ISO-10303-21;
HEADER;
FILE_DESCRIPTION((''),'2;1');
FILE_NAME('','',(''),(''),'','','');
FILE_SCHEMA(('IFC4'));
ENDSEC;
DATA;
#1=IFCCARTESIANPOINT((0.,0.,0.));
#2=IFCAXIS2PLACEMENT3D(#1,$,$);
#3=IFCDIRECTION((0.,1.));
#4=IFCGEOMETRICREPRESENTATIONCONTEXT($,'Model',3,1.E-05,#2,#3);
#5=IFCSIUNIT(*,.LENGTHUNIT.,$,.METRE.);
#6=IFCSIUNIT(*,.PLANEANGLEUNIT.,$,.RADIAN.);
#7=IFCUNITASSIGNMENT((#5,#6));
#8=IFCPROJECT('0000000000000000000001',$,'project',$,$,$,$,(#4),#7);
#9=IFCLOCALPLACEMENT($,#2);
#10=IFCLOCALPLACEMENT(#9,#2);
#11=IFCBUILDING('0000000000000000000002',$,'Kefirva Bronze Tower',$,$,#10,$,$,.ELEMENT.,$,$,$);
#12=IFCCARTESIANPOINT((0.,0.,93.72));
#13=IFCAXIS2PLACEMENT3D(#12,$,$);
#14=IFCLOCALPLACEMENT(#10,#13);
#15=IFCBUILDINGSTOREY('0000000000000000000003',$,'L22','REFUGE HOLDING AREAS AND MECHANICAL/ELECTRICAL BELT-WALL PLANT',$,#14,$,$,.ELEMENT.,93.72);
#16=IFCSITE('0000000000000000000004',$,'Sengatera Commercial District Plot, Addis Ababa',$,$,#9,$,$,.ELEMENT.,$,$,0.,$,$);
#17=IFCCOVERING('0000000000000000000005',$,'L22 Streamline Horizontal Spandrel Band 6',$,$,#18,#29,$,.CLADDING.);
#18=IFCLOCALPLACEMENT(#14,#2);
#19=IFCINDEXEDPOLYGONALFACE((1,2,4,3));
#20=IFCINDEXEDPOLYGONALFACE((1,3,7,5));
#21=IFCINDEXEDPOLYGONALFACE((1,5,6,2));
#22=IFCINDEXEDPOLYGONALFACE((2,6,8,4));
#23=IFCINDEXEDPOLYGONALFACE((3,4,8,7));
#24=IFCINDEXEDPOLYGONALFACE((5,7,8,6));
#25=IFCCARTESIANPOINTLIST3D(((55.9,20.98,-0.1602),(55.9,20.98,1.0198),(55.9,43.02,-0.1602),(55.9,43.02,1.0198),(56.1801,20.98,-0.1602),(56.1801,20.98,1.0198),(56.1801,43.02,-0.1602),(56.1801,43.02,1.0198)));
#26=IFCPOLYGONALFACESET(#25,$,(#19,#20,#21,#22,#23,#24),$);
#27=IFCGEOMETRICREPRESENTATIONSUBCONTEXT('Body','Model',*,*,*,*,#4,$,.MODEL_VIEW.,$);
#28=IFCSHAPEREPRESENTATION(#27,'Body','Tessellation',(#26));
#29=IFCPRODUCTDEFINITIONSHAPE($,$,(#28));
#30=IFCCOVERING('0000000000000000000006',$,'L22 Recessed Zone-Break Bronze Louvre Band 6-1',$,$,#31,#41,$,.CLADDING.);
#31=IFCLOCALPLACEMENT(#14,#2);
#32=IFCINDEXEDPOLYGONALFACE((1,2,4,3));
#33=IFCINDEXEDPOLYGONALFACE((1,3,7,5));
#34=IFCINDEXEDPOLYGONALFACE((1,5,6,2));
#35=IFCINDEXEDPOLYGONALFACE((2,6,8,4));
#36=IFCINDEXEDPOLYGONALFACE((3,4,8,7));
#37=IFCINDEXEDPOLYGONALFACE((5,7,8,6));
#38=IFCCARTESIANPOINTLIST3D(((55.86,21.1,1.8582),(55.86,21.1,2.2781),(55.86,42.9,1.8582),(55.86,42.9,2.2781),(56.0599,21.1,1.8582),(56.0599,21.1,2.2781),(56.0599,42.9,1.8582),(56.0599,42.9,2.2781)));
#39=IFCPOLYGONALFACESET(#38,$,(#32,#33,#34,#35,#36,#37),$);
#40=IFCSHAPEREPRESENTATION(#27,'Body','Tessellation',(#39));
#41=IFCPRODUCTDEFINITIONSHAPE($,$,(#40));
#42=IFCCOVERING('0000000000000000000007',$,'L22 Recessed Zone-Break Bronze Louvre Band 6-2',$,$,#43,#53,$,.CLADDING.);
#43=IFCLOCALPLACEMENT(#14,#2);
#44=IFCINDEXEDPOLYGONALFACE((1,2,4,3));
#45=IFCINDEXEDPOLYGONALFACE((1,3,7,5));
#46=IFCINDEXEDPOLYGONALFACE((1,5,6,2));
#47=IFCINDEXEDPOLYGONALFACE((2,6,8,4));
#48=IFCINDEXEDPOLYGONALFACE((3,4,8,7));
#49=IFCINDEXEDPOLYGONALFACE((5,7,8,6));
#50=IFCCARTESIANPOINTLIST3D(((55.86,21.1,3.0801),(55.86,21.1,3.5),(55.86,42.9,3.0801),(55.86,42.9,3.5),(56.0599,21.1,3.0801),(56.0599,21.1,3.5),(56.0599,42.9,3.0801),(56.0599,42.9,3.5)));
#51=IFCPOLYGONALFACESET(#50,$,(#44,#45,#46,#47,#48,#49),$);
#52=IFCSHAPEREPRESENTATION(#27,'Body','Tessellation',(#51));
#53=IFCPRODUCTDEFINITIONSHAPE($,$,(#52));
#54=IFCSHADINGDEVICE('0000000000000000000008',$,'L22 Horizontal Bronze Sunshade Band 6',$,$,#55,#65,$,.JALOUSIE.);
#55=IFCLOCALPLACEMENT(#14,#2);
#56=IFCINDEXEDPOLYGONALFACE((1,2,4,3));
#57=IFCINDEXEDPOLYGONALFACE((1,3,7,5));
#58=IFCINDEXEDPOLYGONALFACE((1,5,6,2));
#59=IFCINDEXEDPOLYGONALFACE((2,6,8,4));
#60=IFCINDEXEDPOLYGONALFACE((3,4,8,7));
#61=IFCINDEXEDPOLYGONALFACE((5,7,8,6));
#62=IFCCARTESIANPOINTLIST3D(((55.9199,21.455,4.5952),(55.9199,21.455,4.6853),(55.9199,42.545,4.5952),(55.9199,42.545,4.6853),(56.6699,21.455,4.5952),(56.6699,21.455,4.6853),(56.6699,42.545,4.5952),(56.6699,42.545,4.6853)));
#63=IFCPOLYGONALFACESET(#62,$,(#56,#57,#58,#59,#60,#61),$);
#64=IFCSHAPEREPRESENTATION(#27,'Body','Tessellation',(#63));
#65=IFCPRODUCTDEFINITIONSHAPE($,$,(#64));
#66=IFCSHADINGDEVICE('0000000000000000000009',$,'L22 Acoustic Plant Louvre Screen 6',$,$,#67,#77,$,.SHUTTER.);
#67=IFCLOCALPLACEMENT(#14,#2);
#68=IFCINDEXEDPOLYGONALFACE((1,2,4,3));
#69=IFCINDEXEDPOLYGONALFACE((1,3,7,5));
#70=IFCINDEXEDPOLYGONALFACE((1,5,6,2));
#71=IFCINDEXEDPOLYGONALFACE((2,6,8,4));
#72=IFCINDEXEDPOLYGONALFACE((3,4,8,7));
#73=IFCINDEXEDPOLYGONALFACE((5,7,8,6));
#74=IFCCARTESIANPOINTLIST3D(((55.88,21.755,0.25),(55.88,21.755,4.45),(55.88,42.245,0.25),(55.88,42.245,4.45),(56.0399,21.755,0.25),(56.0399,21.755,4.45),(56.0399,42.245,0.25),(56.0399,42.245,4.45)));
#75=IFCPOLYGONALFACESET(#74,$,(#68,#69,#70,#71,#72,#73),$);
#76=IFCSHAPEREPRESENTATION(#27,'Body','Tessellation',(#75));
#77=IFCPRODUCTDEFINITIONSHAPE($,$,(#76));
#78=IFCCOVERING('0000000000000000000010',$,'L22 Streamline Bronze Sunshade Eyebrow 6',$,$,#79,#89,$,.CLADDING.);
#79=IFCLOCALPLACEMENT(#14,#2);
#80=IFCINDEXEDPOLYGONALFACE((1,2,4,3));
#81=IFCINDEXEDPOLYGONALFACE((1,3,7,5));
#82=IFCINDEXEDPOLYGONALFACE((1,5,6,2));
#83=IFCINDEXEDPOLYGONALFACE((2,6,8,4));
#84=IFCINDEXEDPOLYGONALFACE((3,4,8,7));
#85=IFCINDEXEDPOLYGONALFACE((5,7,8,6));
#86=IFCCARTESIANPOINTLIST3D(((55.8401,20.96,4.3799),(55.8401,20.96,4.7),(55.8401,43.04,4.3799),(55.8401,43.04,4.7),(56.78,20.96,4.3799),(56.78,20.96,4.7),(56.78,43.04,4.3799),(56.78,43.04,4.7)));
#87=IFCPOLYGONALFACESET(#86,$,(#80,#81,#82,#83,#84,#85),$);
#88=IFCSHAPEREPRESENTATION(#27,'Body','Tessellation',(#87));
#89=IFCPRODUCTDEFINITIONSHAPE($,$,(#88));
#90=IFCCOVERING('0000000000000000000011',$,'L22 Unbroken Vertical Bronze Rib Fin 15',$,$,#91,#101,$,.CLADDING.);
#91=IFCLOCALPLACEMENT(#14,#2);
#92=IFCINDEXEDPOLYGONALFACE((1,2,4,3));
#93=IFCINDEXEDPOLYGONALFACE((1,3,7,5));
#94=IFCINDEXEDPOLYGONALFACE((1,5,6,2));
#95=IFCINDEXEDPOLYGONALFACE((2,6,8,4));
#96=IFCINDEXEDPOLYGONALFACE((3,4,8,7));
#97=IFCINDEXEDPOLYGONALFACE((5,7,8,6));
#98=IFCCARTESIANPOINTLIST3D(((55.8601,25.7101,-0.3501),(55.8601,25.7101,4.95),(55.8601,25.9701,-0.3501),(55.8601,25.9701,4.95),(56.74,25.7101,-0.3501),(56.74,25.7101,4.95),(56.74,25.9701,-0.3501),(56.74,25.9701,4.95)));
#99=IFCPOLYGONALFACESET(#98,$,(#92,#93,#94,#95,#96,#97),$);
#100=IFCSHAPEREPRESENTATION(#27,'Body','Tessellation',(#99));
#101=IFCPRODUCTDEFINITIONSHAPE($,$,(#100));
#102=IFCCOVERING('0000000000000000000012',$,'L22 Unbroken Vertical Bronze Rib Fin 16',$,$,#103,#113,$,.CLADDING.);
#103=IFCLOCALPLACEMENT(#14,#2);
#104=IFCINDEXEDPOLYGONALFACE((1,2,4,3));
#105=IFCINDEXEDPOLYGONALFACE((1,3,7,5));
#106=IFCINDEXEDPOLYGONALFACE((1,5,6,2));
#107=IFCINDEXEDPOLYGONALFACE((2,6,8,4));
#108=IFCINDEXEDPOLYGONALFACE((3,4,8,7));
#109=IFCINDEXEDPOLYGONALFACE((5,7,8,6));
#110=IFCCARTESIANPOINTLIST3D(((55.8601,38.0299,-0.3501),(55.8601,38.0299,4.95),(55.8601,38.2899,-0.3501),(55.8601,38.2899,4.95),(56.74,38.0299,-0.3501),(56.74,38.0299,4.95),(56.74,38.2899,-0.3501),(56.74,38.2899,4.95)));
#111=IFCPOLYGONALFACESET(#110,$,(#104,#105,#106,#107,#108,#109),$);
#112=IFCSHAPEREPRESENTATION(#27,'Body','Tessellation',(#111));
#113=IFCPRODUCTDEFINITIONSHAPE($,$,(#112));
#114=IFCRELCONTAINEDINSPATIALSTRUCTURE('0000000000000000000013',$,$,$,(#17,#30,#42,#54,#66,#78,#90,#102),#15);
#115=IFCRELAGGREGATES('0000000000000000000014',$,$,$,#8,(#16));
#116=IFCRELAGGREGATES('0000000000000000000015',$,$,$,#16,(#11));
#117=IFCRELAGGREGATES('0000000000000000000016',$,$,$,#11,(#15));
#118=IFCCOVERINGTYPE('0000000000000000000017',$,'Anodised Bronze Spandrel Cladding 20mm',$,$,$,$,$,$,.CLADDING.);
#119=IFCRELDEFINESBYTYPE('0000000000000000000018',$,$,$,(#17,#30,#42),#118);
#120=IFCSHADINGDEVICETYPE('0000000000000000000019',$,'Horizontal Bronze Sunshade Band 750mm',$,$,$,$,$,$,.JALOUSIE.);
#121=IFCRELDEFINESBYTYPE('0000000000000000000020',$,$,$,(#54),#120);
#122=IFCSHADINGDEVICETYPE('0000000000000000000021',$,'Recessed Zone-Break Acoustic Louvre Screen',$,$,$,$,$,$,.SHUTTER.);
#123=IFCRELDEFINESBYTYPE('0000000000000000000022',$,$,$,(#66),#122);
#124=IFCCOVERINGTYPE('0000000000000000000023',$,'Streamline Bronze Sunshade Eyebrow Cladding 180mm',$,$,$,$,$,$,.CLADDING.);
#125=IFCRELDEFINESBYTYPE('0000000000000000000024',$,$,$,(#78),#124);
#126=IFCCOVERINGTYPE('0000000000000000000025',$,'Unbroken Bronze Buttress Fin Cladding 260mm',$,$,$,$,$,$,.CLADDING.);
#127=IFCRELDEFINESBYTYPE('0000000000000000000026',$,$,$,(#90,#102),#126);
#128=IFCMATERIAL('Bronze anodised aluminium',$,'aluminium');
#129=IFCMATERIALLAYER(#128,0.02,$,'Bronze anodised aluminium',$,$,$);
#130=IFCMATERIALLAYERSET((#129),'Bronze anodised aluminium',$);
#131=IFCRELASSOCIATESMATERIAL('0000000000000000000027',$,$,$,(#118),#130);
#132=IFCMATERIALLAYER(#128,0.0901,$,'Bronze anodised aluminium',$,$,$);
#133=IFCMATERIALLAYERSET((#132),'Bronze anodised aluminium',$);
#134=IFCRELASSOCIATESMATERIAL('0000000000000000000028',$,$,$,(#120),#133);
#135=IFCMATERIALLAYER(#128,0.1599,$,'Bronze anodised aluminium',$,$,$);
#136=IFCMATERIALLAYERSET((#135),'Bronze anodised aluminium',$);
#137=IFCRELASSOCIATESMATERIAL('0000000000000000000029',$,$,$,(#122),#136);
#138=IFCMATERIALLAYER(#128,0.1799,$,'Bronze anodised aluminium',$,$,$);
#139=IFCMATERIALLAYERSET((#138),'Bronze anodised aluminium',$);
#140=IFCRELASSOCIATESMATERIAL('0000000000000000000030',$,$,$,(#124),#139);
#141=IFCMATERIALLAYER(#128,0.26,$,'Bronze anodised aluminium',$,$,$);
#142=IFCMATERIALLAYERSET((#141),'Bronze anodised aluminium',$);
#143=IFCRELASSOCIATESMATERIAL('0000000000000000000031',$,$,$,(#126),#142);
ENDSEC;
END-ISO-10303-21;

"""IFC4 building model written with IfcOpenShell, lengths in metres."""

from ifc_helpers import new_model, si_unit, direction, frame, origin, origin_2d, place, context, subcontext, project, spatial, rectangle, extrude, material, layer, layer_set, type_object, element, save


model = new_model("IFC4")

# Units and contexts
model_context = context("Model", 3, precision=1e-05, world=origin(), true_north=direction((0.0, 1.0)))
body_context = subcontext(model_context, "Body", "Model", "MODEL_VIEW")
ifc_project = project(units=[si_unit("LENGTHUNIT", "METRE"), si_unit("PLANEANGLEUNIT", "RADIAN")], contexts=[model_context])

# Site, building, storey
site_placement = place(None, origin())
site = spatial("IfcSite", under=ifc_project, at=site_placement, Name="Sengatera Commercial District Plot, Addis Ababa", CompositionType="ELEMENT", RefElevation=0.0)
building_placement = place(site_placement, origin())
building = spatial("IfcBuilding", under=site, at=building_placement, Name="Kefirva Bronze Tower", CompositionType="ELEMENT")
storey_placement = place(building_placement, frame((0.0, 0.0, 93.72)))
storey = spatial("IfcBuildingStorey", under=building, at=storey_placement, Name="L22", Description="REFUGE HOLDING AREAS AND MECHANICAL/ELECTRICAL BELT-WALL PLANT", CompositionType="ELEMENT", Elevation=93.72)

# Shared definitions
ifc_material_1 = material(Name="Bronze anodised aluminium", Category="aluminium")

# Coverings
ifc_layer_1 = layer(ifc_material_1, 0.02, Name="Bronze anodised aluminium")
ifc_layer_set_1 = layer_set([ifc_layer_1], Name="Bronze anodised aluminium")
covering_type_1 = type_object("IfcCoveringType", Name="Anodised Bronze Spandrel Cladding 20mm", PredefinedType="CLADDING", material=ifc_layer_set_1)
covering_1_placement = place(storey_placement, frame((56.04, 32.0, -0.1602), z_axis=(0.0, 0.0, 1.0), x_axis=(0.0, 1.0, 0.0)))
element("IfcCovering", 1, at=covering_1_placement, inside=storey, type_object=covering_type_1, Name="L22 Streamline Horizontal Spandrel Band 6", PredefinedType="CLADDING", context=body_context, shape_type="SweptSolid", body=[
    extrude(rectangle(XDim=22.04, YDim=0.28, at=origin_2d()), origin(), (0.0, 0.0, 1.0), 1.1799),
])
for number, where, z_axis, x_axis, name in (
    (2, (55.96, 32.0, 1.8582), (0.0, 0.0, 1.0), (0.0, 1.0, 0.0), "L22 Recessed Zone-Break Bronze Louvre Band 6-1"),
    (3, (55.96, 32.0, 3.0801), (0.0, 0.0, 1.0), (0.0, 1.0, 0.0), "L22 Recessed Zone-Break Bronze Louvre Band 6-2"),
):
    element("IfcCovering", number, at=place(storey_placement, frame(where, z_axis=z_axis, x_axis=x_axis)), inside=storey, type_object=covering_type_1, Name=name, PredefinedType="CLADDING", context=body_context, shape_type="SweptSolid", body=[
        extrude(rectangle(XDim=21.8, YDim=0.2, at=origin_2d()), origin(), (0.0, 0.0, 1.0), 0.4199),
    ])

# Shading devices
ifc_layer_2 = layer(ifc_material_1, 0.0901, Name="Bronze anodised aluminium")
ifc_layer_set_2 = layer_set([ifc_layer_2], Name="Bronze anodised aluminium")
shading_device_type_1 = type_object("IfcShadingDeviceType", Name="Horizontal Bronze Sunshade Band 750mm", PredefinedType="JALOUSIE", material=ifc_layer_set_2)
shading_device_1_placement = place(storey_placement, frame((56.2949, 32.0, 4.5952), z_axis=(0.0, 0.0, 1.0), x_axis=(0.0, 1.0, 0.0)))
element("IfcShadingDevice", 4, at=shading_device_1_placement, inside=storey, type_object=shading_device_type_1, Name="L22 Horizontal Bronze Sunshade Band 6", PredefinedType="JALOUSIE", context=body_context, shape_type="SweptSolid", body=[
    extrude(rectangle(XDim=21.0901, YDim=0.75, at=origin_2d()), origin(), (0.0, 0.0, 1.0), 0.0901),
])
ifc_layer_3 = layer(ifc_material_1, 0.1599, Name="Bronze anodised aluminium")
ifc_layer_set_3 = layer_set([ifc_layer_3], Name="Bronze anodised aluminium")
shading_device_type_2 = type_object("IfcShadingDeviceType", Name="Recessed Zone-Break Acoustic Louvre Screen", PredefinedType="SHUTTER", material=ifc_layer_set_3)
shading_device_2_placement = place(storey_placement, frame((55.96, 32.0, 0.25), z_axis=(0.0, 0.0, 1.0), x_axis=(0.0, 1.0, 0.0)))
element("IfcShadingDevice", 5, at=shading_device_2_placement, inside=storey, type_object=shading_device_type_2, Name="L22 Acoustic Plant Louvre Screen 6", PredefinedType="SHUTTER", context=body_context, shape_type="SweptSolid", body=[
    extrude(rectangle(XDim=20.49, YDim=0.1599, at=origin_2d()), origin(), (0.0, 0.0, 1.0), 4.2),
])

# Coverings
ifc_layer_4 = layer(ifc_material_1, 0.1799, Name="Bronze anodised aluminium")
ifc_layer_set_4 = layer_set([ifc_layer_4], Name="Bronze anodised aluminium")
covering_type_2 = type_object("IfcCoveringType", Name="Streamline Bronze Sunshade Eyebrow Cladding 180mm", PredefinedType="CLADDING", material=ifc_layer_set_4)
covering_2_placement = place(storey_placement, frame((56.3101, 32.0, 4.3799), z_axis=(0.0, 0.0, 1.0), x_axis=(0.0, 1.0, 0.0)))
element("IfcCovering", 6, at=covering_2_placement, inside=storey, type_object=covering_type_2, Name="L22 Streamline Bronze Sunshade Eyebrow 6", PredefinedType="CLADDING", context=body_context, shape_type="SweptSolid", body=[
    extrude(rectangle(XDim=22.0801, YDim=0.9399, at=origin_2d()), origin(), (0.0, 0.0, 1.0), 0.3201),
])
ifc_layer_5 = layer(ifc_material_1, 0.26, Name="Bronze anodised aluminium")
ifc_layer_set_5 = layer_set([ifc_layer_5], Name="Bronze anodised aluminium")
covering_type_3 = type_object("IfcCoveringType", Name="Unbroken Bronze Buttress Fin Cladding 260mm", PredefinedType="CLADDING", material=ifc_layer_set_5)
for number, where, z_axis, x_axis, name in (
    (7, (56.3, 25.8401, -0.3501), (0.0, 0.0, 1.0), (0.0, 1.0, 0.0), "L22 Unbroken Vertical Bronze Rib Fin 15"),
    (8, (56.3, 38.1599, -0.3501), (0.0, 0.0, 1.0), (0.0, 1.0, 0.0), "L22 Unbroken Vertical Bronze Rib Fin 16"),
):
    element("IfcCovering", number, at=place(storey_placement, frame(where, z_axis=z_axis, x_axis=x_axis)), inside=storey, type_object=covering_type_3, Name=name, PredefinedType="CLADDING", context=body_context, shape_type="SweptSolid", body=[
        extrude(rectangle(XDim=0.26, YDim=0.8799, at=origin_2d()), origin(), (0.0, 0.0, 1.0), 5.3),
    ])

save(model, "model.ifc")
